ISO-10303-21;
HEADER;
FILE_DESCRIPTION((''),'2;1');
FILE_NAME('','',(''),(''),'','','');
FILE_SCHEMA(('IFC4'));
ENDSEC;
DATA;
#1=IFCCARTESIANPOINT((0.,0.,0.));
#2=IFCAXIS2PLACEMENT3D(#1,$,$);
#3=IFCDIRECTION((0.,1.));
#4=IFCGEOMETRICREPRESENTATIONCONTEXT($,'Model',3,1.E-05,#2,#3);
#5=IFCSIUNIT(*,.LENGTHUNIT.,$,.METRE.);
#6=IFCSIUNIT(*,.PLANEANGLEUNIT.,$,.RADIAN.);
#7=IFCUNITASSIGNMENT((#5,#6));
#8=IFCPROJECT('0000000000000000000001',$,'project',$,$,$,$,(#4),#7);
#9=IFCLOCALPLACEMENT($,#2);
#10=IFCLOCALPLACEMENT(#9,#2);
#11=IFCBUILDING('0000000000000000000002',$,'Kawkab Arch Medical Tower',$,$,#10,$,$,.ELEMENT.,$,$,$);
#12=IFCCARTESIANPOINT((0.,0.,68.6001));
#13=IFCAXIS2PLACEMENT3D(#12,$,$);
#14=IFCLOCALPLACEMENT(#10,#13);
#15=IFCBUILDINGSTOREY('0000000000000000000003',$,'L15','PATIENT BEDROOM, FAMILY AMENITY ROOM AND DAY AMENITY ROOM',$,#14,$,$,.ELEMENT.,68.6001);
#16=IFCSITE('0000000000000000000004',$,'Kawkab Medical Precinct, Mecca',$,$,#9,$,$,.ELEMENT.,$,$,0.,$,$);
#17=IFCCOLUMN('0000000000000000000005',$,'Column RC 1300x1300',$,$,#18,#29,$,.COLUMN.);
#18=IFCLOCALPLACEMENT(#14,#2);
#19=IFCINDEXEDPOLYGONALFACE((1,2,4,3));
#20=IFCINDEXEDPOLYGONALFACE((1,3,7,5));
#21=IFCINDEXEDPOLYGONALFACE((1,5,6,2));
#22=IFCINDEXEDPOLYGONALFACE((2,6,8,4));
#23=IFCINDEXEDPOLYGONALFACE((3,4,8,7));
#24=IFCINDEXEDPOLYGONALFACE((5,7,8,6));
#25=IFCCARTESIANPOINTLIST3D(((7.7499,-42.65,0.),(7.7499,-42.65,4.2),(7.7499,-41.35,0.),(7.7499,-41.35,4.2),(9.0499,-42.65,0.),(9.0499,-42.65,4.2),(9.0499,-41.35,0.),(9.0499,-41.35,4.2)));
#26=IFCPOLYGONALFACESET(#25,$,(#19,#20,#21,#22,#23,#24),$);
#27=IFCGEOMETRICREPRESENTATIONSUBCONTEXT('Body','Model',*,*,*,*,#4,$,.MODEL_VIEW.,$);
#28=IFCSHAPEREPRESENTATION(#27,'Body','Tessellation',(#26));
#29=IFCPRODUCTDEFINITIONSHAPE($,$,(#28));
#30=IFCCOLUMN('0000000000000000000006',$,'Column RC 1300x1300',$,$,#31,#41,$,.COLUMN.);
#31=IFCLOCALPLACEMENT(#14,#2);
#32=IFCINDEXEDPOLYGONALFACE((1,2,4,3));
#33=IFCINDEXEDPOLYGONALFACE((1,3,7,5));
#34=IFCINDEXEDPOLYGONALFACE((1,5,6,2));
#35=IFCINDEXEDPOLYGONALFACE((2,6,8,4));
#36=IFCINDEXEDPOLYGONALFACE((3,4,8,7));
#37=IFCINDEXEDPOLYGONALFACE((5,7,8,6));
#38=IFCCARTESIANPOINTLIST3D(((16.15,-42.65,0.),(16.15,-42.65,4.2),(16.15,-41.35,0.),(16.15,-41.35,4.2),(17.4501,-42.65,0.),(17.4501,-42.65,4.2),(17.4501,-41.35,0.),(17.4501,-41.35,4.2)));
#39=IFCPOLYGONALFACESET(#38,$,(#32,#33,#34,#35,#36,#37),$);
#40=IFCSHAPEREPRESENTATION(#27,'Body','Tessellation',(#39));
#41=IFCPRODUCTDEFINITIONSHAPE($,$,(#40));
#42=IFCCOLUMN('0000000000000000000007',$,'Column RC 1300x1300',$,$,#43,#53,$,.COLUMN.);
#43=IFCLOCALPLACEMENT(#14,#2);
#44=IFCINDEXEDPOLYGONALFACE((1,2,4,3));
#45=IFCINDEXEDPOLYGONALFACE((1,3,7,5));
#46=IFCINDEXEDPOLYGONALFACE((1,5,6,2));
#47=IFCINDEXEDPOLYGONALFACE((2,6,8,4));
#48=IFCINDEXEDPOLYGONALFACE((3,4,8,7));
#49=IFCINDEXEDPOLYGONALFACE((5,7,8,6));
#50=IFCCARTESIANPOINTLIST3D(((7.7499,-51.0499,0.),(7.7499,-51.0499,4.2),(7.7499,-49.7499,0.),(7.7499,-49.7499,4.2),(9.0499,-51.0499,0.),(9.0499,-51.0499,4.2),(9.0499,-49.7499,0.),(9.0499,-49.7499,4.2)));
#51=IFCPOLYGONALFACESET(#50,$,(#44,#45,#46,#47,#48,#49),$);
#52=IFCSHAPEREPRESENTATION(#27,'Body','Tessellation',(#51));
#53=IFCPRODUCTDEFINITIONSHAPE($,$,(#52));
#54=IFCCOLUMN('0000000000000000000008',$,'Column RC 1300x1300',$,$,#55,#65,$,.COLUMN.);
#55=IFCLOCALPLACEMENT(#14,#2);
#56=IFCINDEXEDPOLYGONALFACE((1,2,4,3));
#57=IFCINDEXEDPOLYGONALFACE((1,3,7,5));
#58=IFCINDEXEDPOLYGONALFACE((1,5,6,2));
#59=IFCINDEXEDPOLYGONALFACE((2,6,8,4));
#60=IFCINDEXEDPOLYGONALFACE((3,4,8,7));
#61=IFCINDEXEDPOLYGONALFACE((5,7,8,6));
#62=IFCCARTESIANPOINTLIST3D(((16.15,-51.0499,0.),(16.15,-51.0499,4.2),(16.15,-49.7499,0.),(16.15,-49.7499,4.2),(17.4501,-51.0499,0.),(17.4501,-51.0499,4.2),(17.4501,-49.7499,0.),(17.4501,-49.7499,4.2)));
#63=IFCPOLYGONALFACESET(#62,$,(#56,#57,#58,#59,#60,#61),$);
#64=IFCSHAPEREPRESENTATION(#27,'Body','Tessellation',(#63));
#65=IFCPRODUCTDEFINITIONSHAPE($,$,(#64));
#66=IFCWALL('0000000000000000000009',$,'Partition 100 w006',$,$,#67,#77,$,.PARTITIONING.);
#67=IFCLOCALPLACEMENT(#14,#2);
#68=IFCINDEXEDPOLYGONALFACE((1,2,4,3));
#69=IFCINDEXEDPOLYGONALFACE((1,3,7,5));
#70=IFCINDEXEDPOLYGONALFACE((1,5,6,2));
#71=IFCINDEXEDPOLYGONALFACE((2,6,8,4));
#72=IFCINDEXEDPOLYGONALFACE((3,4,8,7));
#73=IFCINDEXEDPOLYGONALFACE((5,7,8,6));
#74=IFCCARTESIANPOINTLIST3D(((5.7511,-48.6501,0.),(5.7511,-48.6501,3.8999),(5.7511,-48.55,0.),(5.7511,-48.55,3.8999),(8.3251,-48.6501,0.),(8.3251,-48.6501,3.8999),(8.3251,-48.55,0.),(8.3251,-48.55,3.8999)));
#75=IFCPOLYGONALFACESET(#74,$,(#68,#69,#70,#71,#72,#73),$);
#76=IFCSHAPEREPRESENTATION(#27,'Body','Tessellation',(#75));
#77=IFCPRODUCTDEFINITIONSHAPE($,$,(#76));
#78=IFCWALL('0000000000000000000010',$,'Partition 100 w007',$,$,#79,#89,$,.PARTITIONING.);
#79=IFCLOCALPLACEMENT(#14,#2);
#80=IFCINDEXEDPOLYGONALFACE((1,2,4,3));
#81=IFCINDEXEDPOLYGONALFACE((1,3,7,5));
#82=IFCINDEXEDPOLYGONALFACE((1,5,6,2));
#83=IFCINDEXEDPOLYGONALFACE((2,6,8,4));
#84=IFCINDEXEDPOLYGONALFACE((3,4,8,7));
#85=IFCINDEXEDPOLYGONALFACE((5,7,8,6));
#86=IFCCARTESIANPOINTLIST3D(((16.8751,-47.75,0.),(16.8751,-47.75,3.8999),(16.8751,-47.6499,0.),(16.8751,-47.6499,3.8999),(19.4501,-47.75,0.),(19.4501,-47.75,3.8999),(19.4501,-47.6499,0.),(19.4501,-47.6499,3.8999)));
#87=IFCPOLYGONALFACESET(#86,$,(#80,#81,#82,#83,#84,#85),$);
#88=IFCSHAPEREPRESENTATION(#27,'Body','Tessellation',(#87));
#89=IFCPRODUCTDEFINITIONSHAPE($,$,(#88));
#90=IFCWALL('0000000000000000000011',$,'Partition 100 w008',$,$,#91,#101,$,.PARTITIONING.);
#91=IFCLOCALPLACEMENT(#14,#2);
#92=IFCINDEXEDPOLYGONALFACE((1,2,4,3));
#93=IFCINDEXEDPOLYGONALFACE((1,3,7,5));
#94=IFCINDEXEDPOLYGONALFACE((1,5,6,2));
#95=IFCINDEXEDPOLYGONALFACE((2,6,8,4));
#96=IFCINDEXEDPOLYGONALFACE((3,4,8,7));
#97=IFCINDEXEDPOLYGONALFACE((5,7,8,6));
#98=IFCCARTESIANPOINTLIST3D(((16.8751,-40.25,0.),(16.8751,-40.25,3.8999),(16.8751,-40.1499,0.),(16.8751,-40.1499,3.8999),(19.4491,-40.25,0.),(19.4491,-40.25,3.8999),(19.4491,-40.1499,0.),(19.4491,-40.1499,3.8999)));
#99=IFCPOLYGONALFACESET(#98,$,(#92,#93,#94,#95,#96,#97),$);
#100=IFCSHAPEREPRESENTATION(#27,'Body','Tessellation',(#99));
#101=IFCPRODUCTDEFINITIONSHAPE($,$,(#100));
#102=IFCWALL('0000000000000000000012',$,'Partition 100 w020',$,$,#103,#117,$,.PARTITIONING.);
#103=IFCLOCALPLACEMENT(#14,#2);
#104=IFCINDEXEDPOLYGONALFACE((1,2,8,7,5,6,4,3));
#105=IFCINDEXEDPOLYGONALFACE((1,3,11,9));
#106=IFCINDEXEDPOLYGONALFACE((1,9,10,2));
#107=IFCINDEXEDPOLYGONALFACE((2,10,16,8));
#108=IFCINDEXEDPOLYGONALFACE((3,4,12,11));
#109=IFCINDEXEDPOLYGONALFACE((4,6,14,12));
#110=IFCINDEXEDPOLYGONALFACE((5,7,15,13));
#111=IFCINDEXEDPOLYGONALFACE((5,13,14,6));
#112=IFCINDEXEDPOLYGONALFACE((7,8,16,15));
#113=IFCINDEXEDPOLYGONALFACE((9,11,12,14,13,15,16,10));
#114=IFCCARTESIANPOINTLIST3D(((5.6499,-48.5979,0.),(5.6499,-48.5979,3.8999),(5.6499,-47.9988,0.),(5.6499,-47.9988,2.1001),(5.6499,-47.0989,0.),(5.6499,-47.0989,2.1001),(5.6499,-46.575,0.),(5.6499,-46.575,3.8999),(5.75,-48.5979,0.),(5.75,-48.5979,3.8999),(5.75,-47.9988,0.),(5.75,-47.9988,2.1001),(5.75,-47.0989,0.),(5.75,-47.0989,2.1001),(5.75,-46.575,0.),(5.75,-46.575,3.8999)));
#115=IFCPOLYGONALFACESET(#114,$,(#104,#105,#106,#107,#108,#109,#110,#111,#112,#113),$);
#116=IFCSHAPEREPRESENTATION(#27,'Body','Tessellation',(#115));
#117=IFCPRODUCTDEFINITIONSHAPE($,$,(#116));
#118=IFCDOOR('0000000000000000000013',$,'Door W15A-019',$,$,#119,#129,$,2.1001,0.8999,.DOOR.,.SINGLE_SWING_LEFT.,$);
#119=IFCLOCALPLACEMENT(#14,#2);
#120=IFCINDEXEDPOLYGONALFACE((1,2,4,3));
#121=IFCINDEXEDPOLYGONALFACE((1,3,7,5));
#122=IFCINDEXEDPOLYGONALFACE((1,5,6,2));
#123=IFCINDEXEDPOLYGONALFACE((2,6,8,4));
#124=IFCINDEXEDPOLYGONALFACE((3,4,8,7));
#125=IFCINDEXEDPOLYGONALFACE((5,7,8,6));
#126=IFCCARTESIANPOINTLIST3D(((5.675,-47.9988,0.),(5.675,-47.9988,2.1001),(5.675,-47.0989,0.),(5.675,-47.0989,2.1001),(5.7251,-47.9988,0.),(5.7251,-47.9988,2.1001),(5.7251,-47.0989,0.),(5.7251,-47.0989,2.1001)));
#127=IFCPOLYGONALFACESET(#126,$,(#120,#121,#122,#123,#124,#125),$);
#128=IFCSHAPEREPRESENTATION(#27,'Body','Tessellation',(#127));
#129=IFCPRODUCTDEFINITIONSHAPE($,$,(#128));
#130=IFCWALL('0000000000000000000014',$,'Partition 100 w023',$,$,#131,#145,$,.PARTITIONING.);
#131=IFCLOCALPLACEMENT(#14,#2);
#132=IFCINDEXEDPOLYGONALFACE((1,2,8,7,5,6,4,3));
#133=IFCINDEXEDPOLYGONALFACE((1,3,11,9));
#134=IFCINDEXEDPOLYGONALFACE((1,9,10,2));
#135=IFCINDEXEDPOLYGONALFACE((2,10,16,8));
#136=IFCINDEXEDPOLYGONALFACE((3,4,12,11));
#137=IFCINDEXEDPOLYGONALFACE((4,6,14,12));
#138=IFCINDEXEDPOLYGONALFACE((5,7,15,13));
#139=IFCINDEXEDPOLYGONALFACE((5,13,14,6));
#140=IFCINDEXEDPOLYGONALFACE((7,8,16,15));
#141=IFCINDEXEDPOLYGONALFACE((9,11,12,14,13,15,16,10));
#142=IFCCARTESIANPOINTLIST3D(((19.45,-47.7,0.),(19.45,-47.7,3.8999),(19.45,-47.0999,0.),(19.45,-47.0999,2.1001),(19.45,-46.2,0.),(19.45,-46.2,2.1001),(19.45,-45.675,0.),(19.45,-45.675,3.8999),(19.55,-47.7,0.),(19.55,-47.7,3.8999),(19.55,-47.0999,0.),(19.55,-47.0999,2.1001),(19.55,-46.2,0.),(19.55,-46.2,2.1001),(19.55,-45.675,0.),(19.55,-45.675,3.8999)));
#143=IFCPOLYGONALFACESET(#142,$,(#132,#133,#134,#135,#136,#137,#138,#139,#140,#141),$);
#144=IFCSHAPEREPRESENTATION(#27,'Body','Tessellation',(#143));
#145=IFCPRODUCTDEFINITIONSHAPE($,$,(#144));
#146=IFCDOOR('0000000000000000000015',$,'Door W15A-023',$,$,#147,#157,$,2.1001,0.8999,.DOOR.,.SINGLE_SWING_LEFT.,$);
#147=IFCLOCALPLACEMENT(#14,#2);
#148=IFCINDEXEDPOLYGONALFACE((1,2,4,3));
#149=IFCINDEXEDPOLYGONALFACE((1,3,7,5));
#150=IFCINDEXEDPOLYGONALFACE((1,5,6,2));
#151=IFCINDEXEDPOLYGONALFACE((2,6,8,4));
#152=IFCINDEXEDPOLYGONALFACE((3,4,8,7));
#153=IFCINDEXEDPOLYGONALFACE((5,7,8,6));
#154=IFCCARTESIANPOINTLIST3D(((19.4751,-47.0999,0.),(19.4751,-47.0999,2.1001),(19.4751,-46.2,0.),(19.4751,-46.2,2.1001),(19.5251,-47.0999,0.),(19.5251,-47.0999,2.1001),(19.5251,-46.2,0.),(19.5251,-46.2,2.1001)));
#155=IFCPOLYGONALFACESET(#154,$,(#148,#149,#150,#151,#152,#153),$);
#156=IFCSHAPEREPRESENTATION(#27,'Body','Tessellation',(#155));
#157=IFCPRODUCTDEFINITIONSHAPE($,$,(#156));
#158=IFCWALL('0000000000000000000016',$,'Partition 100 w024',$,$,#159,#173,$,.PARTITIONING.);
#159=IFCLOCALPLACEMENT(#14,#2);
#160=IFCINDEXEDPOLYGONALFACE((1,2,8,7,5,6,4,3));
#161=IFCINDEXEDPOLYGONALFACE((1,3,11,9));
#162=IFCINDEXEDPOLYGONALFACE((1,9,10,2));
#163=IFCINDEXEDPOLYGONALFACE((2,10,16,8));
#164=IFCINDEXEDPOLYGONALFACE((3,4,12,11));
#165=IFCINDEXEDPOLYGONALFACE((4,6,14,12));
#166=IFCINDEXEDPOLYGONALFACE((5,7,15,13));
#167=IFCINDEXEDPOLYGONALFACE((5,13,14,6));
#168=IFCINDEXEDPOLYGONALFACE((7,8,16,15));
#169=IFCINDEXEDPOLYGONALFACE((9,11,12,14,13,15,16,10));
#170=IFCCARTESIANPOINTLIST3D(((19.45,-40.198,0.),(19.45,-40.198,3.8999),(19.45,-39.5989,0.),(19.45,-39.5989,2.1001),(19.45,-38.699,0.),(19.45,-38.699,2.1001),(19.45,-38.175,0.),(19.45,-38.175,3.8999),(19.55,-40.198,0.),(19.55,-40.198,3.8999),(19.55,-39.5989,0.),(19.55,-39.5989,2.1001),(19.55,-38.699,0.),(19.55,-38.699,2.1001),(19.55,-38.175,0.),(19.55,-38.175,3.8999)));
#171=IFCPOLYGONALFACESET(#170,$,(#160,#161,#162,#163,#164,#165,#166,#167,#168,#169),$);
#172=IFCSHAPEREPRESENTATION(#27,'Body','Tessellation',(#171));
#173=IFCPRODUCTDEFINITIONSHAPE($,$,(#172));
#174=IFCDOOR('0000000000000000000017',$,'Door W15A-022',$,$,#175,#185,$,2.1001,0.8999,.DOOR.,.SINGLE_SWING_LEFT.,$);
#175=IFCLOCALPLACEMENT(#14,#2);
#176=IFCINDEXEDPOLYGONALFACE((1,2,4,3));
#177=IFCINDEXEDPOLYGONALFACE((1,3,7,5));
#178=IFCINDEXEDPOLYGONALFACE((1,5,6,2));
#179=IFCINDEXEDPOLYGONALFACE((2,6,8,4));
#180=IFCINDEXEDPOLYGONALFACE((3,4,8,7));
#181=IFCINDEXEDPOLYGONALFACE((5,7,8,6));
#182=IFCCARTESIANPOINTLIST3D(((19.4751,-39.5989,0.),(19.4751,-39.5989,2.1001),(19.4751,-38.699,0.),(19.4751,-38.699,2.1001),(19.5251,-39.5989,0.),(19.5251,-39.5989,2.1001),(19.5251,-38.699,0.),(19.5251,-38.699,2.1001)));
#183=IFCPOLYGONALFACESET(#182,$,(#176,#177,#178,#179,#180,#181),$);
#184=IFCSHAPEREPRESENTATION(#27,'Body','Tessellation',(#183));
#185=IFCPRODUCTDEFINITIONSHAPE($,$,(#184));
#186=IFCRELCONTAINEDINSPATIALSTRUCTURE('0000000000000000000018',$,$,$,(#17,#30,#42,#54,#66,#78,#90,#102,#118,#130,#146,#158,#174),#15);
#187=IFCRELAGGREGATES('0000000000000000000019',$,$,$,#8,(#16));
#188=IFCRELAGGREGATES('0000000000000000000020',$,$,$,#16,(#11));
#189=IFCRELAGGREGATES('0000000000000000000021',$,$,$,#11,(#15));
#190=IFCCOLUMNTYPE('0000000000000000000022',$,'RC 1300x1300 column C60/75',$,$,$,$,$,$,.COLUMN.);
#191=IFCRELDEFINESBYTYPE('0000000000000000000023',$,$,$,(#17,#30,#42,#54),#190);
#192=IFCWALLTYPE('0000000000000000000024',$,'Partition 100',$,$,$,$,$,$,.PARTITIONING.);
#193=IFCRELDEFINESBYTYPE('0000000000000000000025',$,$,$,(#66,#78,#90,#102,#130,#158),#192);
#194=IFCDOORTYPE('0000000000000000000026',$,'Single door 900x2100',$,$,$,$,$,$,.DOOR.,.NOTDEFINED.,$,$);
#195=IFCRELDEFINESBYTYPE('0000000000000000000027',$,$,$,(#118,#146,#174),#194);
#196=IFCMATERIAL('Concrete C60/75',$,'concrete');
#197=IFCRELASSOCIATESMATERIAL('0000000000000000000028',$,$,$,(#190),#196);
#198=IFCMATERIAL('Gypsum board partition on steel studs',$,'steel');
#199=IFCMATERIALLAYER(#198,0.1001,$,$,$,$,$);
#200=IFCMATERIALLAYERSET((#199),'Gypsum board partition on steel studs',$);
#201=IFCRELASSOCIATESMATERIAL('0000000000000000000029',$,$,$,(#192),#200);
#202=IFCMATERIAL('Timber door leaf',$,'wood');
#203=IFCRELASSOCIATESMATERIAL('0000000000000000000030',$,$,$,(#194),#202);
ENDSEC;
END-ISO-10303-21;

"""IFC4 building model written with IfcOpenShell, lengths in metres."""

from ifc_helpers import new_model, si_unit, direction, frame, frame_2d, origin, origin_2d, place, context, subcontext, project, spatial, rectangle, extrude, material, layer, layer_set, material_profile, profile_set, type_object, element, fill, save


model = new_model("IFC4")

# Units and contexts
model_context = context("Model", 3, precision=1e-05, world=origin(), true_north=direction((0.0, 1.0)))
body_context = subcontext(model_context, "Body", "Model", "MODEL_VIEW")
ifc_project = project(units=[si_unit("LENGTHUNIT", "METRE"), si_unit("PLANEANGLEUNIT", "RADIAN")], contexts=[model_context])

# Site, building, storey
site_placement = place(None, origin())
site = spatial("IfcSite", under=ifc_project, at=site_placement, Name="Kawkab Medical Precinct, Mecca", CompositionType="ELEMENT", RefElevation=0.0)
building_placement = place(site_placement, origin())
building = spatial("IfcBuilding", under=site, at=building_placement, Name="Kawkab Arch Medical Tower", CompositionType="ELEMENT")
storey_placement = place(building_placement, frame((0.0, 0.0, 68.6001)))
storey = spatial("IfcBuildingStorey", under=building, at=storey_placement, Name="L15", Description="PATIENT BEDROOM, FAMILY AMENITY ROOM AND DAY AMENITY ROOM", CompositionType="ELEMENT", Elevation=68.6001)

# Columns
ifc_material_1 = material(Name="Concrete C60/75", Category="concrete")
ifc_material_profile = material_profile(ifc_material_1, rectangle(XDim=1.3, YDim=1.3, at=origin_2d()), Name="RC 1300x1300")
ifc_profile_set = profile_set([ifc_material_profile], Name="Concrete C60/75")
column_type = type_object("IfcColumnType", Name="RC 1300x1300 column C60/75", PredefinedType="COLUMN", material=ifc_profile_set)
for number, where, z_axis, x_axis, name in (
    (1, (8.3999, -42.0, 0.0), (0.0, 0.0, 1.0), (1.0, 0.0, 0.0), "Column RC 1300x1300"),
    (2, (16.8, -42.0, 0.0), (0.0, 0.0, 1.0), (1.0, 0.0, 0.0), "Column RC 1300x1300"),
    (3, (8.3999, -50.3999, 0.0), (0.0, 0.0, 1.0), (1.0, 0.0, 0.0), "Column RC 1300x1300"),
    (4, (16.8, -50.3999, 0.0), (0.0, 0.0, 1.0), (1.0, 0.0, 0.0), "Column RC 1300x1300"),
):
    element("IfcColumn", number, at=place(storey_placement, frame(where, z_axis=z_axis, x_axis=x_axis)), inside=storey, type_object=column_type, Name=name, PredefinedType="COLUMN", context=body_context, shape_type="SweptSolid", body=[
        extrude(rectangle(XDim=1.3, YDim=1.3, at=origin_2d()), origin(), (0.0, 0.0, 1.0), 4.2),
    ])

# Walls
ifc_material_2 = material(Name="Gypsum board partition on steel studs", Category="steel")
ifc_layer_1 = layer(ifc_material_2, 0.1001)
ifc_layer_set_1 = layer_set([ifc_layer_1], Name="Gypsum board partition on steel studs")
wall_type_1 = type_object("IfcWallType", Name="Partition 100", PredefinedType="PARTITIONING", material=ifc_layer_set_1)
wall_1_placement = place(storey_placement, frame((5.751, -48.6001, 0.0), z_axis=(0.0, 0.0, 1.0), x_axis=(1.0, 0.0, 0.0)))
element("IfcWall", 5, at=wall_1_placement, inside=storey, type_object=wall_type_1, Name="Partition 100 w006", PredefinedType="PARTITIONING", context=body_context, shape_type="SweptSolid", body=[
    extrude(rectangle(XDim=2.574, YDim=0.1001, at=frame_2d((1.2871, 0.0))), origin(), (0.0, 0.0, 1.0), 3.8999),
])
wall_2_placement = place(storey_placement, frame((16.875, -47.7, 0.0), z_axis=(0.0, 0.0, 1.0), x_axis=(1.0, 0.0, 0.0)))
element("IfcWall", 6, at=wall_2_placement, inside=storey, type_object=wall_type_1, Name="Partition 100 w007", PredefinedType="PARTITIONING", context=body_context, shape_type="SweptSolid", body=[
    extrude(rectangle(XDim=2.575, YDim=0.1001, at=frame_2d((1.2876, 0.0))), origin(), (0.0, 0.0, 1.0), 3.8999),
])
wall_3_placement = place(storey_placement, frame((16.875, -40.2, 0.0), z_axis=(0.0, 0.0, 1.0), x_axis=(1.0, 0.0, 0.0)))
element("IfcWall", 7, at=wall_3_placement, inside=storey, type_object=wall_type_1, Name="Partition 100 w008", PredefinedType="PARTITIONING", context=body_context, shape_type="SweptSolid", body=[
    extrude(rectangle(XDim=2.574, YDim=0.1001, at=frame_2d((1.2871, 0.0))), origin(), (0.0, 0.0, 1.0), 3.8999),
])

# Walls, openings, doors
wall_4_placement = place(storey_placement, frame((5.7, -48.5979, 0.0), z_axis=(0.0, 0.0, 1.0), x_axis=(0.0, 1.0, 0.0)))
wall_4 = element("IfcWall", 8, at=wall_4_placement, inside=storey, type_object=wall_type_1, Name="Partition 100 w020", PredefinedType="PARTITIONING", context=body_context, shape_type="SweptSolid", body=[
    extrude(rectangle(XDim=2.0229, YDim=0.1001, at=frame_2d((1.0115, 0.0))), origin(), (0.0, 0.0, 1.0), 3.8999),
])
opening_1_placement = place(wall_4_placement, frame((0.5991, 0.0, 0.0)))
opening_1 = element("IfcOpeningElement", 9, at=opening_1_placement, cuts=wall_4, PredefinedType="OPENING", context=body_context, shape_type="SweptSolid", body=[
    extrude(rectangle(XDim=0.8999, YDim=2.1001, at=frame_2d((0.45, 1.05))), frame((0.0, 0.0601, 0.0), z_axis=(0.0, -1.0, 0.0), x_axis=(1.0, 0.0, 0.0)), (0.0, 0.0, 1.0), 0.1201),
])
ifc_material_3 = material(Name="Timber door leaf", Category="wood")
door_type_1 = type_object("IfcDoorType", Name="Single door 900x2100", OperationType="NOTDEFINED", PredefinedType="DOOR", material=ifc_material_3)
door_1_placement = place(opening_1_placement, origin())
door_1 = element("IfcDoor", 10, at=door_1_placement, inside=storey, type_object=door_type_1, Name="Door W15A-019", OperationType="SINGLE_SWING_LEFT", OverallHeight=2.1001, OverallWidth=0.8999, PredefinedType="DOOR", context=body_context, shape_type="SweptSolid", body=[
    extrude(rectangle(XDim=0.8999, YDim=2.1001, at=frame_2d((0.45, 1.05))), frame((0.0, 0.0249, 0.0), z_axis=(0.0, -1.0, 0.0), x_axis=(1.0, 0.0, 0.0)), (0.0, 0.0, 1.0), 0.05),
])
fill(opening_1, door_1)
wall_5_placement = place(storey_placement, frame((19.5, -47.7, 0.0), z_axis=(0.0, 0.0, 1.0), x_axis=(0.0, 1.0, 0.0)))
wall_5 = element("IfcWall", 11, at=wall_5_placement, inside=storey, type_object=wall_type_1, Name="Partition 100 w023", PredefinedType="PARTITIONING", context=body_context, shape_type="SweptSolid", body=[
    extrude(rectangle(XDim=2.0249, YDim=0.1001, at=frame_2d((1.0125, 0.0))), origin(), (0.0, 0.0, 1.0), 3.8999),
])
opening_2_placement = place(wall_5_placement, frame((0.6001, 0.0, 0.0)))
opening_2 = element("IfcOpeningElement", 12, at=opening_2_placement, cuts=wall_5, PredefinedType="OPENING", context=body_context, shape_type="SweptSolid", body=[
    extrude(rectangle(XDim=0.8999, YDim=2.1001, at=frame_2d((0.45, 1.05))), frame((0.0, 0.0601, 0.0), z_axis=(0.0, -1.0, 0.0), x_axis=(1.0, 0.0, 0.0)), (0.0, 0.0, 1.0), 0.1201),
])
door_2_placement = place(opening_2_placement, origin())
door_2 = element("IfcDoor", 13, at=door_2_placement, inside=storey, type_object=door_type_1, Name="Door W15A-023", OperationType="SINGLE_SWING_LEFT", OverallHeight=2.1001, OverallWidth=0.8999, PredefinedType="DOOR", context=body_context, shape_type="SweptSolid", body=[
    extrude(rectangle(XDim=0.8999, YDim=2.1001, at=frame_2d((0.45, 1.05))), frame((0.0, 0.0249, 0.0), z_axis=(0.0, -1.0, 0.0), x_axis=(1.0, 0.0, 0.0)), (0.0, 0.0, 1.0), 0.05),
])
fill(opening_2, door_2)
wall_6_placement = place(storey_placement, frame((19.5, -40.198, 0.0), z_axis=(0.0, 0.0, 1.0), x_axis=(0.0, 1.0, 0.0)))
wall_6 = element("IfcWall", 14, at=wall_6_placement, inside=storey, type_object=wall_type_1, Name="Partition 100 w024", PredefinedType="PARTITIONING", context=body_context, shape_type="SweptSolid", body=[
    extrude(rectangle(XDim=2.0229, YDim=0.1001, at=frame_2d((1.0115, 0.0))), origin(), (0.0, 0.0, 1.0), 3.8999),
])
opening_3_placement = place(wall_6_placement, frame((0.5991, 0.0, 0.0)))
opening_3 = element("IfcOpeningElement", 15, at=opening_3_placement, cuts=wall_6, PredefinedType="OPENING", context=body_context, shape_type="SweptSolid", body=[
    extrude(rectangle(XDim=0.8999, YDim=2.1001, at=frame_2d((0.45, 1.05))), frame((0.0, 0.0601, 0.0), z_axis=(0.0, -1.0, 0.0), x_axis=(1.0, 0.0, 0.0)), (0.0, 0.0, 1.0), 0.1201),
])
door_3_placement = place(opening_3_placement, origin())
door_3 = element("IfcDoor", 16, at=door_3_placement, inside=storey, type_object=door_type_1, Name="Door W15A-022", OperationType="SINGLE_SWING_LEFT", OverallHeight=2.1001, OverallWidth=0.8999, PredefinedType="DOOR", context=body_context, shape_type="SweptSolid", body=[
    extrude(rectangle(XDim=0.8999, YDim=2.1001, at=frame_2d((0.45, 1.05))), frame((0.0, 0.0249, 0.0), z_axis=(0.0, -1.0, 0.0), x_axis=(1.0, 0.0, 0.0)), (0.0, 0.0, 1.0), 0.05),
])
fill(opening_3, door_3)

save(model, "model.ifc")
